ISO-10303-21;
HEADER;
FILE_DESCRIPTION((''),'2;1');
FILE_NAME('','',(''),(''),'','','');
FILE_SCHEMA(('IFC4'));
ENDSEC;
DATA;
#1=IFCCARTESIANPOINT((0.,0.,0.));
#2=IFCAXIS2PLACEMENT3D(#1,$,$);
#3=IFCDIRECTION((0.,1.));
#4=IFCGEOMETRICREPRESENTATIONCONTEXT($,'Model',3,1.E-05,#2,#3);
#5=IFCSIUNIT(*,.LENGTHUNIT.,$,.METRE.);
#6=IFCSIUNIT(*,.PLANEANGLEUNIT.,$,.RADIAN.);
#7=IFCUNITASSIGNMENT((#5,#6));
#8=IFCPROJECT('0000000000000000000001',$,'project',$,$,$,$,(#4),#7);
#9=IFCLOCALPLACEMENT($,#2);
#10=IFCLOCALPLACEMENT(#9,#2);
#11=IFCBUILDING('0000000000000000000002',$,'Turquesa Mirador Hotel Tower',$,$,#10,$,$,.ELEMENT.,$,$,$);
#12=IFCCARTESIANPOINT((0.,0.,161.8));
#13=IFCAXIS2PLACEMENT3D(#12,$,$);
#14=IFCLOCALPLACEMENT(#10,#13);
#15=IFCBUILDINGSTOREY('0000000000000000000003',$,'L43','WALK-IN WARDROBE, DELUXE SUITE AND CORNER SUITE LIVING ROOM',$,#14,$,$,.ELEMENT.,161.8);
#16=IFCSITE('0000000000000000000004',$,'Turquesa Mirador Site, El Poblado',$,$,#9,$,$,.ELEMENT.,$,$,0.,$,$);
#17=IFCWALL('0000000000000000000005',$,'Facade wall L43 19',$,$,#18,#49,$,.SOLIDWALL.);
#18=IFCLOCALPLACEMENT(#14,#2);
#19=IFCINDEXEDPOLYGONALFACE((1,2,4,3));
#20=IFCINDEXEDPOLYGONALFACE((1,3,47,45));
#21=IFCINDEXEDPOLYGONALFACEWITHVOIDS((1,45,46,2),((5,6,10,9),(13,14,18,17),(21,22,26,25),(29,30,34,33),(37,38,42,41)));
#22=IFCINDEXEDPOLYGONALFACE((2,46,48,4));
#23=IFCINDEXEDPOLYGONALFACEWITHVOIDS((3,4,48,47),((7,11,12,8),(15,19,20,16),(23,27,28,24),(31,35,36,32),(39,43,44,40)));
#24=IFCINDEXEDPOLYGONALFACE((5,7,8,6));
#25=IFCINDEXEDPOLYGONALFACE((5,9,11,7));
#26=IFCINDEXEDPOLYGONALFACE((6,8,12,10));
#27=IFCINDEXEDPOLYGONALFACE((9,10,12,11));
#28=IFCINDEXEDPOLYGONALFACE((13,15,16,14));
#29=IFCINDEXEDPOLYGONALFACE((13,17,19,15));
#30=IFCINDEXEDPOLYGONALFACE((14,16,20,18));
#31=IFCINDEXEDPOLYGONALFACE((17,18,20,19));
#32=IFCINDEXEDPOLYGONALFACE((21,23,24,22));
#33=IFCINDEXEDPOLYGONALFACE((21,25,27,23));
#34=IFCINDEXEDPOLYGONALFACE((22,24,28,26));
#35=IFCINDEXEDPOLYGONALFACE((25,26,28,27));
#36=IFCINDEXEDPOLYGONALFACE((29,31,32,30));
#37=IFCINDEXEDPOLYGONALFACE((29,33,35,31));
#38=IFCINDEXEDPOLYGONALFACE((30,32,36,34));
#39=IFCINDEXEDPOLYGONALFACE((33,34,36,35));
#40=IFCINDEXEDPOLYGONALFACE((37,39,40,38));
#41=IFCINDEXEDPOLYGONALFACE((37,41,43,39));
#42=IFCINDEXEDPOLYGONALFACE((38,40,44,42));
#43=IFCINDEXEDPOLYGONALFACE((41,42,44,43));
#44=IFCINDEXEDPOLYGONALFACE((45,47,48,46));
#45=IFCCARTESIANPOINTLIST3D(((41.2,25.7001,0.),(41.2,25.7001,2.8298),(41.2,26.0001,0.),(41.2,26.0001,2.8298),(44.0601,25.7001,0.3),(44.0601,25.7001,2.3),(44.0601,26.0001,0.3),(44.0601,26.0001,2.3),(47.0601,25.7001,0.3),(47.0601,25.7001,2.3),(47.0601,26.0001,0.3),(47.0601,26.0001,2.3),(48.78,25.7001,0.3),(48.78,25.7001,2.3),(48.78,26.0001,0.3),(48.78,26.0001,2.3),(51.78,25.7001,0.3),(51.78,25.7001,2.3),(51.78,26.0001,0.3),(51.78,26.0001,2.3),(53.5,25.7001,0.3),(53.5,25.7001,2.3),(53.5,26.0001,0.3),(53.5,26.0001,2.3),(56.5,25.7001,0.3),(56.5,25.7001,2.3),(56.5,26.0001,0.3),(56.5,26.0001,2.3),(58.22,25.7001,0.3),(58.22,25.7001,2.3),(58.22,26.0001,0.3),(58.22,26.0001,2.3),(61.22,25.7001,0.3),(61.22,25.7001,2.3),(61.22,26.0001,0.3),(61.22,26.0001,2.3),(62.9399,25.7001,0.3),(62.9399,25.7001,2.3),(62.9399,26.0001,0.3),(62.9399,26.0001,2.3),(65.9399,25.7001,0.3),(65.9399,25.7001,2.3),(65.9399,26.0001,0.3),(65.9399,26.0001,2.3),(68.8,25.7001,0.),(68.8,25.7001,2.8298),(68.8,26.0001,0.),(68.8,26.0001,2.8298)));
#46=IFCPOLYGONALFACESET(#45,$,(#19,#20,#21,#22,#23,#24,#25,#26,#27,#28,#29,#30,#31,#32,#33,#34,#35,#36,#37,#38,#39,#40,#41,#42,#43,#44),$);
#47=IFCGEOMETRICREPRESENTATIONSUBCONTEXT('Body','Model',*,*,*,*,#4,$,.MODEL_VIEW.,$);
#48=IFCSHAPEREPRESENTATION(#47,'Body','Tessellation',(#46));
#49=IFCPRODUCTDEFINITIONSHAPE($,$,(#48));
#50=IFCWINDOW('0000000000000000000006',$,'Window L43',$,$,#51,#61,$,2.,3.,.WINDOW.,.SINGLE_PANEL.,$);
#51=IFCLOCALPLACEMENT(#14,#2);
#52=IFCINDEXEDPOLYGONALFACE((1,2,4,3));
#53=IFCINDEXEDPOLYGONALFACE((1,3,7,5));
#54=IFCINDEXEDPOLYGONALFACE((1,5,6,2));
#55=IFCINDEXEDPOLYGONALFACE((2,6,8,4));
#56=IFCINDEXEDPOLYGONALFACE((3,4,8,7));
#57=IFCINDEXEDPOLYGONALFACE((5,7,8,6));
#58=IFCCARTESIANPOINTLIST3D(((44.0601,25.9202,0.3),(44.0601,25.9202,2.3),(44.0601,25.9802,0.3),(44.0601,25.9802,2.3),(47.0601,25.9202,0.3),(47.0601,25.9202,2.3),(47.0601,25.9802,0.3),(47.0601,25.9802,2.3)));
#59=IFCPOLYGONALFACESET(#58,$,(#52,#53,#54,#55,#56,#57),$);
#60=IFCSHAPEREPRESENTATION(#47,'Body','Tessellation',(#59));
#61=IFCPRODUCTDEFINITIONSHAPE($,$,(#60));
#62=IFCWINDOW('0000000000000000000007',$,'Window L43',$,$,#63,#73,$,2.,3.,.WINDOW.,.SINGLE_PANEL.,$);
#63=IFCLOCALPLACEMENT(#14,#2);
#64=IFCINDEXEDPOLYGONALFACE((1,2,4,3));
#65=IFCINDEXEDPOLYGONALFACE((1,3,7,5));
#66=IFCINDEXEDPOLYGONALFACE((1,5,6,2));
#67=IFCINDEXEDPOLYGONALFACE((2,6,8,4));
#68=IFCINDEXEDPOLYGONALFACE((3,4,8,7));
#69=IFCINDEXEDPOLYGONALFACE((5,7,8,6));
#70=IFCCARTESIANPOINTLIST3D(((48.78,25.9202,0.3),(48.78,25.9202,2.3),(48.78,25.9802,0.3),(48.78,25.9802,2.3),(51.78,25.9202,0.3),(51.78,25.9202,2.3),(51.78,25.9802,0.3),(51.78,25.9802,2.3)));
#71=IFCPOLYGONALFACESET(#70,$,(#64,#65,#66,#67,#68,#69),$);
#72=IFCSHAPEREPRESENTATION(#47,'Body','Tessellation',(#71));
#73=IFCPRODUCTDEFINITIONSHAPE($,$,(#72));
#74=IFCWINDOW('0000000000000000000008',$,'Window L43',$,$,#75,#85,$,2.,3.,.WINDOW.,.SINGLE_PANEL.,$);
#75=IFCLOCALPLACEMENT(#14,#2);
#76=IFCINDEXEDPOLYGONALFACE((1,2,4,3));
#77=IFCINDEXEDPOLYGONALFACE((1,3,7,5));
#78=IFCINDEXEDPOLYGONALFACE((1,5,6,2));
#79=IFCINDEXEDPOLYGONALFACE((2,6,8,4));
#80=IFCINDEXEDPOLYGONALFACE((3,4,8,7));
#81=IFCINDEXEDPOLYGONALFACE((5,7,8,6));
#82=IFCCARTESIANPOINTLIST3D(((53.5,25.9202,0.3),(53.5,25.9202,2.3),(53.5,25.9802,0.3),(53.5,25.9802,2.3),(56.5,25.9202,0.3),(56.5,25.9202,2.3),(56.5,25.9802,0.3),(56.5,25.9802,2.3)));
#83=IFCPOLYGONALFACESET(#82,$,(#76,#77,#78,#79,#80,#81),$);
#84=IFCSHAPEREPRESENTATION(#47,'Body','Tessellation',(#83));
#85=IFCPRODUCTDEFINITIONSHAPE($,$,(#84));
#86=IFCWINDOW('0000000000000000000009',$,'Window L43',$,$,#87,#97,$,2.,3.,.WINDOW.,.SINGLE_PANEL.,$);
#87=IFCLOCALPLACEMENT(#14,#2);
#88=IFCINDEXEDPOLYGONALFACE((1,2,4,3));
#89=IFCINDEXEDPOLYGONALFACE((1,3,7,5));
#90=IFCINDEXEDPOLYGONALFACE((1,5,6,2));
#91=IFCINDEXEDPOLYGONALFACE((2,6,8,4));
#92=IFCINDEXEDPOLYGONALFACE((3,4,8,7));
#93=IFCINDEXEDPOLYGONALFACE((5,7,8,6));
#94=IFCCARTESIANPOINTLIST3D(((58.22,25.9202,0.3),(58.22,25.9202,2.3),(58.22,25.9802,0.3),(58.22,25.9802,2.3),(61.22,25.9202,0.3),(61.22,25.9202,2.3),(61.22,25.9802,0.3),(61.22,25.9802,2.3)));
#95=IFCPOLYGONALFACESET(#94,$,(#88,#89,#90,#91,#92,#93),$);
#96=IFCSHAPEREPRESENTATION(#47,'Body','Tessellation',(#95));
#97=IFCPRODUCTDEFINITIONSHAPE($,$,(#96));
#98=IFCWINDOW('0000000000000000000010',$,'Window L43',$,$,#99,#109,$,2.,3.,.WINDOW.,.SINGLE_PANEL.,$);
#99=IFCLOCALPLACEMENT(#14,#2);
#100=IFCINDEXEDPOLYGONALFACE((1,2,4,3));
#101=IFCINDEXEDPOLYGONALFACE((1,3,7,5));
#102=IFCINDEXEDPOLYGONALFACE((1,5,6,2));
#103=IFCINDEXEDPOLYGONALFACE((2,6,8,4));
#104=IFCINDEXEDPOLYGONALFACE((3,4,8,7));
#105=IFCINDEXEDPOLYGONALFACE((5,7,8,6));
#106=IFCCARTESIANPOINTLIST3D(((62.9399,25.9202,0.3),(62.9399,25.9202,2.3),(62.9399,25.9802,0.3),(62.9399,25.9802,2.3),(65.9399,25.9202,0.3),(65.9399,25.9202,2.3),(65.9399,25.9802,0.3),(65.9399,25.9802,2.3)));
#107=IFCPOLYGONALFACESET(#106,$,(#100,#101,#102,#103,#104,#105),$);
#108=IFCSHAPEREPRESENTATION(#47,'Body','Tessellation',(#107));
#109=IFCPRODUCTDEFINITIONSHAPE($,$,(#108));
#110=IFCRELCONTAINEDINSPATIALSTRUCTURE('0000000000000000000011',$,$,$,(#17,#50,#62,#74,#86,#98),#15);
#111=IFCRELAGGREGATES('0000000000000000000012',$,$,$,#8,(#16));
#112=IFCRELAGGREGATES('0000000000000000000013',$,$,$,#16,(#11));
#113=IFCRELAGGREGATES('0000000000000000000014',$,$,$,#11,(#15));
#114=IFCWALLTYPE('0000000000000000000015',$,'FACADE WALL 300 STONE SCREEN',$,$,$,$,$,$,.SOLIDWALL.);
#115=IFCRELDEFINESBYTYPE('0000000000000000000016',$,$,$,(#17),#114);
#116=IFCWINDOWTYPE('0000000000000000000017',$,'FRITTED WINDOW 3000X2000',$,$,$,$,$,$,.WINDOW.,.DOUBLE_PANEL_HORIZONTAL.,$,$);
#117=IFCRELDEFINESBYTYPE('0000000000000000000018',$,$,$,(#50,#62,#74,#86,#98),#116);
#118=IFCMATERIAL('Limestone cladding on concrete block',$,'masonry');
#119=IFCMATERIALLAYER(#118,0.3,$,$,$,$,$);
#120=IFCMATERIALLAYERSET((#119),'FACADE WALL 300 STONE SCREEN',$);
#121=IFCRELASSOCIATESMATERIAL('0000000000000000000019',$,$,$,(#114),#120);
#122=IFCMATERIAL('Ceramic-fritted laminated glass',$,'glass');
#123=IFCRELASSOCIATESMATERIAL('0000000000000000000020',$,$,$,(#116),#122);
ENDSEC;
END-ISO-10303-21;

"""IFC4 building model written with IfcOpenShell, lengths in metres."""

from ifc_helpers import new_model, si_unit, direction, frame, frame_2d, origin, place, context, subcontext, project, spatial, rectangle, extrude, material, layer, layer_set, type_object, element, fill, save


model = new_model("IFC4")

# Units and contexts
model_context = context("Model", 3, precision=1e-05, world=origin(), true_north=direction((0.0, 1.0)))
body_context = subcontext(model_context, "Body", "Model", "MODEL_VIEW")
ifc_project = project(units=[si_unit("LENGTHUNIT", "METRE"), si_unit("PLANEANGLEUNIT", "RADIAN")], contexts=[model_context])

# Site, building, storey
site_placement = place(None, origin())
site = spatial("IfcSite", under=ifc_project, at=site_placement, Name="Turquesa Mirador Site, El Poblado", CompositionType="ELEMENT", RefElevation=0.0)
building_placement = place(site_placement, origin())
building = spatial("IfcBuilding", under=site, at=building_placement, Name="Turquesa Mirador Hotel Tower", CompositionType="ELEMENT")
storey_placement = place(building_placement, frame((0.0, 0.0, 161.8)))
storey = spatial("IfcBuildingStorey", under=building, at=storey_placement, Name="L43", Description="WALK-IN WARDROBE, DELUXE SUITE AND CORNER SUITE LIVING ROOM", CompositionType="ELEMENT", Elevation=161.8)

# Shared definitions
ifc_material_1 = material(Name="Limestone cladding on concrete block", Category="masonry")
ifc_layer_1 = layer(ifc_material_1, 0.3)
ifc_layer_set_1 = layer_set([ifc_layer_1], Name="FACADE WALL 300 STONE SCREEN")
wall_type = type_object("IfcWallType", Name="FACADE WALL 300 STONE SCREEN", PredefinedType="SOLIDWALL", material=ifc_layer_set_1)

# Wall, openings, windows
wall_1_placement = place(storey_placement, frame((41.2, 25.8501, 0.0), z_axis=(0.0, 0.0, 1.0), x_axis=(1.0, 0.0, 0.0)))
wall_1 = element("IfcWall", 1, at=wall_1_placement, inside=storey, type_object=wall_type, Name="Facade wall L43 19", PredefinedType="SOLIDWALL", context=body_context, shape_type="SweptSolid", body=[
    extrude(rectangle(XDim=27.6001, YDim=0.3, at=frame_2d((13.8, 0.0))), origin(), (0.0, 0.0, 1.0), 2.8298),
])
opening_1_placement = place(wall_1_placement, frame((2.8601, 0.0, 0.3)))
opening_1 = element("IfcOpeningElement", 2, at=opening_1_placement, cuts=wall_1, PredefinedType="OPENING", context=body_context, shape_type="SweptSolid", body=[
    extrude(rectangle(XDim=3.0, YDim=2.0, at=frame_2d((1.5, 1.0))), frame((0.0, 0.1599, 0.0), z_axis=(0.0, -1.0, 0.0), x_axis=(1.0, 0.0, 0.0)), (0.0, 0.0, 1.0), 0.3201),
])
opening_2_placement = place(wall_1_placement, frame((7.5801, 0.0, 0.3)))
opening_2 = element("IfcOpeningElement", 3, at=opening_2_placement, cuts=wall_1, PredefinedType="OPENING", context=body_context, shape_type="SweptSolid", body=[
    extrude(rectangle(XDim=3.0, YDim=2.0, at=frame_2d((1.5, 1.0))), frame((0.0, 0.1599, 0.0), z_axis=(0.0, -1.0, 0.0), x_axis=(1.0, 0.0, 0.0)), (0.0, 0.0, 1.0), 0.3201),
])
opening_3_placement = place(wall_1_placement, frame((12.3, 0.0, 0.3)))
opening_3 = element("IfcOpeningElement", 4, at=opening_3_placement, cuts=wall_1, PredefinedType="OPENING", context=body_context, shape_type="SweptSolid", body=[
    extrude(rectangle(XDim=3.0, YDim=2.0, at=frame_2d((1.5, 1.0))), frame((0.0, 0.1599, 0.0), z_axis=(0.0, -1.0, 0.0), x_axis=(1.0, 0.0, 0.0)), (0.0, 0.0, 1.0), 0.3201),
])
opening_4_placement = place(wall_1_placement, frame((17.02, 0.0, 0.3)))
opening_4 = element("IfcOpeningElement", 5, at=opening_4_placement, cuts=wall_1, PredefinedType="OPENING", context=body_context, shape_type="SweptSolid", body=[
    extrude(rectangle(XDim=3.0, YDim=2.0, at=frame_2d((1.5, 1.0))), frame((0.0, 0.1599, 0.0), z_axis=(0.0, -1.0, 0.0), x_axis=(1.0, 0.0, 0.0)), (0.0, 0.0, 1.0), 0.3201),
])
opening_5_placement = place(wall_1_placement, frame((21.74, 0.0, 0.3)))
opening_5 = element("IfcOpeningElement", 6, at=opening_5_placement, cuts=wall_1, PredefinedType="OPENING", context=body_context, shape_type="SweptSolid", body=[
    extrude(rectangle(XDim=3.0, YDim=2.0, at=frame_2d((1.5, 1.0))), frame((0.0, 0.1599, 0.0), z_axis=(0.0, -1.0, 0.0), x_axis=(1.0, 0.0, 0.0)), (0.0, 0.0, 1.0), 0.3201),
])
ifc_material_2 = material(Name="Ceramic-fritted laminated glass", Category="glass")
window_type_1 = type_object("IfcWindowType", Name="FRITTED WINDOW 3000X2000", PartitioningType="DOUBLE_PANEL_HORIZONTAL", PredefinedType="WINDOW", material=ifc_material_2)
window_1_placement = place(opening_1_placement, origin())
window_1 = element("IfcWindow", 7, at=window_1_placement, inside=storey, type_object=window_type_1, Name="Window L43", OverallHeight=2.0, OverallWidth=3.0, PartitioningType="SINGLE_PANEL", PredefinedType="WINDOW", context=body_context, shape_type="SweptSolid", body=[
    extrude(rectangle(XDim=3.0, YDim=2.0, at=frame_2d((1.5, 1.0))), frame((0.0, 0.1301, 0.0), z_axis=(0.0, -1.0, 0.0), x_axis=(1.0, 0.0, 0.0)), (0.0, 0.0, 1.0), 0.0601),
])
fill(opening_1, window_1)
window_2_placement = place(opening_2_placement, origin())
window_2 = element("IfcWindow", 8, at=window_2_placement, inside=storey, type_object=window_type_1, Name="Window L43", OverallHeight=2.0, OverallWidth=3.0, PartitioningType="SINGLE_PANEL", PredefinedType="WINDOW", context=body_context, shape_type="SweptSolid", body=[
    extrude(rectangle(XDim=3.0, YDim=2.0, at=frame_2d((1.5, 1.0))), frame((0.0, 0.1301, 0.0), z_axis=(0.0, -1.0, 0.0), x_axis=(1.0, 0.0, 0.0)), (0.0, 0.0, 1.0), 0.0601),
])
fill(opening_2, window_2)
window_3_placement = place(opening_3_placement, origin())
window_3 = element("IfcWindow", 9, at=window_3_placement, inside=storey, type_object=window_type_1, Name="Window L43", OverallHeight=2.0, OverallWidth=3.0, PartitioningType="SINGLE_PANEL", PredefinedType="WINDOW", context=body_context, shape_type="SweptSolid", body=[
    extrude(rectangle(XDim=3.0, YDim=2.0, at=frame_2d((1.5, 1.0))), frame((0.0, 0.1301, 0.0), z_axis=(0.0, -1.0, 0.0), x_axis=(1.0, 0.0, 0.0)), (0.0, 0.0, 1.0), 0.0601),
])
fill(opening_3, window_3)
window_4_placement = place(opening_4_placement, origin())
window_4 = element("IfcWindow", 10, at=window_4_placement, inside=storey, type_object=window_type_1, Name="Window L43", OverallHeight=2.0, OverallWidth=3.0, PartitioningType="SINGLE_PANEL", PredefinedType="WINDOW", context=body_context, shape_type="SweptSolid", body=[
    extrude(rectangle(XDim=3.0, YDim=2.0, at=frame_2d((1.5, 1.0))), frame((0.0, 0.1301, 0.0), z_axis=(0.0, -1.0, 0.0), x_axis=(1.0, 0.0, 0.0)), (0.0, 0.0, 1.0), 0.0601),
])
fill(opening_4, window_4)
window_5_placement = place(opening_5_placement, origin())
window_5 = element("IfcWindow", 11, at=window_5_placement, inside=storey, type_object=window_type_1, Name="Window L43", OverallHeight=2.0, OverallWidth=3.0, PartitioningType="SINGLE_PANEL", PredefinedType="WINDOW", context=body_context, shape_type="SweptSolid", body=[
    extrude(rectangle(XDim=3.0, YDim=2.0, at=frame_2d((1.5, 1.0))), frame((0.0, 0.1301, 0.0), z_axis=(0.0, -1.0, 0.0), x_axis=(1.0, 0.0, 0.0)), (0.0, 0.0, 1.0), 0.0601),
])
fill(opening_5, window_5)

save(model, "model.ifc")
